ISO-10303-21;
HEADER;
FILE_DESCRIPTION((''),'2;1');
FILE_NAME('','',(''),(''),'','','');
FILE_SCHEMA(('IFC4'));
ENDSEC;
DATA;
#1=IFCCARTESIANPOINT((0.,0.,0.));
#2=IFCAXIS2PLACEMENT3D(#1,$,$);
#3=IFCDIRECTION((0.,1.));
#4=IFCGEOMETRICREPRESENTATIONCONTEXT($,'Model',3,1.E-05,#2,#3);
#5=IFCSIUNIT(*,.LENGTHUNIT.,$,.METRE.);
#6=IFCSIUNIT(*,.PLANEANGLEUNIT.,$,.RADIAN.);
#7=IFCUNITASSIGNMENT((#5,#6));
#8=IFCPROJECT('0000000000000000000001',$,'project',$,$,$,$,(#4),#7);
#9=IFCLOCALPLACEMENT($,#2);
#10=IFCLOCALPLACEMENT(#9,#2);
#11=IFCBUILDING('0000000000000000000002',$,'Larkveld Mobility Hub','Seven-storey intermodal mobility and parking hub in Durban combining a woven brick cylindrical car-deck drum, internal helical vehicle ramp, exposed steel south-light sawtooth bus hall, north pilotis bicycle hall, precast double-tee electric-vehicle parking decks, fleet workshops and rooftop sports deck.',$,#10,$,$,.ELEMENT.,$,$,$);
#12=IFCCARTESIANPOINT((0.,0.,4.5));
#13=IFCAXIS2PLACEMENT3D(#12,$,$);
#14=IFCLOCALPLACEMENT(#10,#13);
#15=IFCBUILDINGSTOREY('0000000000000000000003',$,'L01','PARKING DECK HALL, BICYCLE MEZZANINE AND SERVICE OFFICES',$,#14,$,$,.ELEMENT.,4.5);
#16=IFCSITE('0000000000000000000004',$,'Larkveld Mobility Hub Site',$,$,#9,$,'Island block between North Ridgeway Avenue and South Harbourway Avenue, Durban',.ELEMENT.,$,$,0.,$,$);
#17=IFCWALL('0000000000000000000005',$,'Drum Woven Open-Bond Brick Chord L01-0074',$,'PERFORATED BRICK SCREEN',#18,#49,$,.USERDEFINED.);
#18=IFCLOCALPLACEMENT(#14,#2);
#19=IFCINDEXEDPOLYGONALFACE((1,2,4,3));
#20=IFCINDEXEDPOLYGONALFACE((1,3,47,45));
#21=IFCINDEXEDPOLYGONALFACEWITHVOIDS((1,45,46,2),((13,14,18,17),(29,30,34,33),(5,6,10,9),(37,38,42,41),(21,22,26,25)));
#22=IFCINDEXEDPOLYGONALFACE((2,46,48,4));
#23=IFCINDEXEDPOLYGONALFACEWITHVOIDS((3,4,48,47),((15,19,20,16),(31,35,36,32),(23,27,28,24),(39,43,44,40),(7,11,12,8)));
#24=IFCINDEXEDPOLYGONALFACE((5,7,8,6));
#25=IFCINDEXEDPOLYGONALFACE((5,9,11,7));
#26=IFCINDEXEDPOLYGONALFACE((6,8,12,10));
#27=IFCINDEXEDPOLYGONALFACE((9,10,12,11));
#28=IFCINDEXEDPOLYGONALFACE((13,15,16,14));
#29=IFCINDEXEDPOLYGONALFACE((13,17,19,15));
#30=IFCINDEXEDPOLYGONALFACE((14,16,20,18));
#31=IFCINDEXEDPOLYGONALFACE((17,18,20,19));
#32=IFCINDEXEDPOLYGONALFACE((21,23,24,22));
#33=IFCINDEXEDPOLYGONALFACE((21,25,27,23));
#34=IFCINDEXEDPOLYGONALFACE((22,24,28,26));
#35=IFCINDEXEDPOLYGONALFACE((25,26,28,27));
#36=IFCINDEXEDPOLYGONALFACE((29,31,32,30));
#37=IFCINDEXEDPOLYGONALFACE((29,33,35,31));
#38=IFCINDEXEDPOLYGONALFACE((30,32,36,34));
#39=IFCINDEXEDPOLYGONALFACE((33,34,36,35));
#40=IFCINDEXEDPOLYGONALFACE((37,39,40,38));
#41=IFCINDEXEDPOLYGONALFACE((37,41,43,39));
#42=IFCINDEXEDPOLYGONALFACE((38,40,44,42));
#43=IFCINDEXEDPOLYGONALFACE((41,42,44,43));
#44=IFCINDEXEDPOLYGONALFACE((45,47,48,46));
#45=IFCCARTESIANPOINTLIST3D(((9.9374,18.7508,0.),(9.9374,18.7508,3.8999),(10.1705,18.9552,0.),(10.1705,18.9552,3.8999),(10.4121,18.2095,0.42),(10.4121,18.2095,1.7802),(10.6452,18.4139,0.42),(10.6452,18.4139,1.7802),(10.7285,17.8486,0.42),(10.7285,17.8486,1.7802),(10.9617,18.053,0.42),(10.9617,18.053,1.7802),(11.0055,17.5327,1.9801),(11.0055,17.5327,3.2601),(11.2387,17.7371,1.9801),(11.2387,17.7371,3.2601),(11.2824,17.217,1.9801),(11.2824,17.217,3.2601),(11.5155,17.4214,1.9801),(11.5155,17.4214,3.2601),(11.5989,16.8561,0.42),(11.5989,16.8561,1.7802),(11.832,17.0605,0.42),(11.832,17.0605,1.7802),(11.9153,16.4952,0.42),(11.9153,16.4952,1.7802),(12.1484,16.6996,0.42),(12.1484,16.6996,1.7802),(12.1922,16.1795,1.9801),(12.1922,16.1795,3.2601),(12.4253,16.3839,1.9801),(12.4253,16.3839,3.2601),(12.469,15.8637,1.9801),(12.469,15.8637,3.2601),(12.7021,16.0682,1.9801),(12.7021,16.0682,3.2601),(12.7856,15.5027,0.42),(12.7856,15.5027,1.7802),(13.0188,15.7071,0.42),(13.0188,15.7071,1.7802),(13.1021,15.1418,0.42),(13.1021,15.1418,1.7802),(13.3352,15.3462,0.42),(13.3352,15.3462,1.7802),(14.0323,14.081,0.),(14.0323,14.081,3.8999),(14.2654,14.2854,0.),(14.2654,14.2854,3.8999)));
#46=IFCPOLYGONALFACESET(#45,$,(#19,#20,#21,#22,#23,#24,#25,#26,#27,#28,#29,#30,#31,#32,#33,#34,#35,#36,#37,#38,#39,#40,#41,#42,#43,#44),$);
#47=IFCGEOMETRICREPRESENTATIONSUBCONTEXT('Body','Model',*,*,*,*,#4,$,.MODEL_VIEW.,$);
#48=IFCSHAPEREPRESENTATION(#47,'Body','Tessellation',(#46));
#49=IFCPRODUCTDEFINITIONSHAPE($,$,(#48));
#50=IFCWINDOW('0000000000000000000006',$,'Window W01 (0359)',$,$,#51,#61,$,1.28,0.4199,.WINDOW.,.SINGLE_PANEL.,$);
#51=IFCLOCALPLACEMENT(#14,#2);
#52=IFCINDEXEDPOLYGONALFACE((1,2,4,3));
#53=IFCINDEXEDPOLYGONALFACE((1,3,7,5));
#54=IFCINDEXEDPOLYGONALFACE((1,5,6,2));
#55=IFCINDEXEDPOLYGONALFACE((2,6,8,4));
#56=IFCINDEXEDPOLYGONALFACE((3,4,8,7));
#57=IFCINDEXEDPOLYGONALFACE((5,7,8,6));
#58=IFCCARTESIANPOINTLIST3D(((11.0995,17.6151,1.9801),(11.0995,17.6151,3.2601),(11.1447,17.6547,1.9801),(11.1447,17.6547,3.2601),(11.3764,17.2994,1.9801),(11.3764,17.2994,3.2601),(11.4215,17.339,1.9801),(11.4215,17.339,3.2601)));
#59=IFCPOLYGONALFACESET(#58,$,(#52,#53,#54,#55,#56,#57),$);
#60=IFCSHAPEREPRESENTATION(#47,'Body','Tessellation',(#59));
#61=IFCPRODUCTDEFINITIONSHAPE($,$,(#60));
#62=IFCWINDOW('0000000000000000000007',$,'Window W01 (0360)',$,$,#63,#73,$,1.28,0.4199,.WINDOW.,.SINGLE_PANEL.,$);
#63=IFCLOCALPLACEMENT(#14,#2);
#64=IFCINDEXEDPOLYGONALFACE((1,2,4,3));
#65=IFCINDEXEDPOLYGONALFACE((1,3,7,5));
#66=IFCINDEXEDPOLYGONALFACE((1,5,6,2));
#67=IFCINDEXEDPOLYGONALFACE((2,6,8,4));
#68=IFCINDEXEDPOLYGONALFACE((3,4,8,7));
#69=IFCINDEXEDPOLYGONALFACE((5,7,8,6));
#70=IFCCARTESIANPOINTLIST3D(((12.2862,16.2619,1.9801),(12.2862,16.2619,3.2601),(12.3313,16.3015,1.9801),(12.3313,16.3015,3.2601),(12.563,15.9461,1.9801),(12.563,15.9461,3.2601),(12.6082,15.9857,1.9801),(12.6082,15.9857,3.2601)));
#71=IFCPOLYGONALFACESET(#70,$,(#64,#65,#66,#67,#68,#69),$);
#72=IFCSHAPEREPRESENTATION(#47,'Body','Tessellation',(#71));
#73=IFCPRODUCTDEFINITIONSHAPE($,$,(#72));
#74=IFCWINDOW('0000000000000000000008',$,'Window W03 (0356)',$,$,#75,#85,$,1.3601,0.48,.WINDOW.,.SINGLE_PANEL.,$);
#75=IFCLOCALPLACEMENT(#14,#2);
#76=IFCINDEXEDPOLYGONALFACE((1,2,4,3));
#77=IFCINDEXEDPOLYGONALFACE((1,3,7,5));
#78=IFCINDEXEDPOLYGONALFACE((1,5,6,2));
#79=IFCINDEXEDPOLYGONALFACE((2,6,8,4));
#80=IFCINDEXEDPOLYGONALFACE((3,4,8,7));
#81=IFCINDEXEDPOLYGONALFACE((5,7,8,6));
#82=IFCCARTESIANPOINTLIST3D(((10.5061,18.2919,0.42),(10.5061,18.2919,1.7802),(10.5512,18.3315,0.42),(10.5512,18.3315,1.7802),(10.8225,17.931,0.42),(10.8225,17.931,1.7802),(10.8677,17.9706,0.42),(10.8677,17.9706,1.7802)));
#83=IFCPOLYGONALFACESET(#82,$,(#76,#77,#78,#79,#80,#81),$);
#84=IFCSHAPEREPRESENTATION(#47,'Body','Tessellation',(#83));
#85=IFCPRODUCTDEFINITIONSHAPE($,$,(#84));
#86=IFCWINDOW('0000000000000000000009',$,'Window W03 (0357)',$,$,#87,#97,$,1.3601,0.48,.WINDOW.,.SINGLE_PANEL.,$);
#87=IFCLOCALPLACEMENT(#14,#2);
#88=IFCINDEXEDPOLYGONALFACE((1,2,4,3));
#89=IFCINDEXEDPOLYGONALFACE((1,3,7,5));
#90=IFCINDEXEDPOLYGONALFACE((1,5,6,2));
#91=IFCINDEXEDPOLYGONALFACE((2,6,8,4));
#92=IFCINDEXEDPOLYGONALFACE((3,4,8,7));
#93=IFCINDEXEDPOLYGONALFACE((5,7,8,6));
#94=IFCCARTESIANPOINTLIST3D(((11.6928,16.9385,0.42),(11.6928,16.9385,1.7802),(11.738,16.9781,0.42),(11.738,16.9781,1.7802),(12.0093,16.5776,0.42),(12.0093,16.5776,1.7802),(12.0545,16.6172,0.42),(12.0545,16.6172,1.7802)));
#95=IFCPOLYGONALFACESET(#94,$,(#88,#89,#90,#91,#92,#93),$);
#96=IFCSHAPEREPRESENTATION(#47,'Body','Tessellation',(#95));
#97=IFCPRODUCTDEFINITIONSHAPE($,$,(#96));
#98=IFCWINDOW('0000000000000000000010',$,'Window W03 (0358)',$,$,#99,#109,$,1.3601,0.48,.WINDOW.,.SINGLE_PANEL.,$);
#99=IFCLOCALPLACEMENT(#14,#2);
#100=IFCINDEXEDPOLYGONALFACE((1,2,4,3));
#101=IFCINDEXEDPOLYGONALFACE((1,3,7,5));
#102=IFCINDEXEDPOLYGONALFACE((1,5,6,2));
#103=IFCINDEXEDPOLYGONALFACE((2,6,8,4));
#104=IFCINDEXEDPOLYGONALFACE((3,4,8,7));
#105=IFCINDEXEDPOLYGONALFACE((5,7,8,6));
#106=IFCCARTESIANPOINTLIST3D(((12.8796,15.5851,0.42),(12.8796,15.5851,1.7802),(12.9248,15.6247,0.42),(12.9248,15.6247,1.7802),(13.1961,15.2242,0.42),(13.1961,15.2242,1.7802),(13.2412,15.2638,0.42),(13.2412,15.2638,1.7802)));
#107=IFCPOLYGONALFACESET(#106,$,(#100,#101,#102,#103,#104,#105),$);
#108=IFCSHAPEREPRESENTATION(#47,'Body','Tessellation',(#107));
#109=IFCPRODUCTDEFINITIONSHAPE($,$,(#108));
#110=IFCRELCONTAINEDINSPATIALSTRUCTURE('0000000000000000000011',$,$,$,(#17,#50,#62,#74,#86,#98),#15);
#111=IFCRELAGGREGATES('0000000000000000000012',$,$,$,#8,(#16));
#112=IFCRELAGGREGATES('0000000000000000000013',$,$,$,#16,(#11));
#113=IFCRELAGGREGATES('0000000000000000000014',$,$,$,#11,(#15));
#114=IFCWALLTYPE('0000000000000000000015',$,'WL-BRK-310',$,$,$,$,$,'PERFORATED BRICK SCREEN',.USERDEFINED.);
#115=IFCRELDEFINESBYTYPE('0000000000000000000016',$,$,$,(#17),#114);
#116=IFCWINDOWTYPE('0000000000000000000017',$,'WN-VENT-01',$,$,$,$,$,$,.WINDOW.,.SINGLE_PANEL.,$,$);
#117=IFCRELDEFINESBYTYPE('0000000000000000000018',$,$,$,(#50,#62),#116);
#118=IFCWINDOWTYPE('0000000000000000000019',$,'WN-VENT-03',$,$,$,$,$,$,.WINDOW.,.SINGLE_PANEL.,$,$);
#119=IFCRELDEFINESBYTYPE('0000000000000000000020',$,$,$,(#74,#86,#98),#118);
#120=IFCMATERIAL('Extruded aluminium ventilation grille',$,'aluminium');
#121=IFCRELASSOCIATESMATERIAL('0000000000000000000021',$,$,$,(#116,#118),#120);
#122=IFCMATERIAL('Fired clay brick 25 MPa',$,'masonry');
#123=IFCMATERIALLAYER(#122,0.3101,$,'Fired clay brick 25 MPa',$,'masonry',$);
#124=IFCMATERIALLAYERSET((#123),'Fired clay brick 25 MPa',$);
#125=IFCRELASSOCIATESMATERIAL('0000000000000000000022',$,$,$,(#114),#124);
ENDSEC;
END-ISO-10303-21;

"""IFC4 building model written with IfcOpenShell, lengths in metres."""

from ifc_helpers import new_model, si_unit, direction, frame, frame_2d, origin, place, context, subcontext, project, spatial, rectangle, extrude, material, layer, layer_set, type_object, element, fill, save


model = new_model("IFC4")

# Units and contexts
model_context = context("Model", 3, precision=1e-05, world=origin(), true_north=direction((0.0, 1.0)))
body_context = subcontext(model_context, "Body", "Model", "MODEL_VIEW")
ifc_project = project(units=[si_unit("LENGTHUNIT", "METRE"), si_unit("PLANEANGLEUNIT", "RADIAN")], contexts=[model_context])

# Site, building, storey
site_placement = place(None, origin())
site = spatial("IfcSite", under=ifc_project, at=site_placement, Name="Larkveld Mobility Hub Site", LongName="Island block between North Ridgeway Avenue and South Harbourway Avenue, Durban", CompositionType="ELEMENT", RefElevation=0.0)
building_placement = place(site_placement, origin())
building = spatial("IfcBuilding", under=site, at=building_placement, Name="Larkveld Mobility Hub", Description="Seven-storey intermodal mobility and parking hub in Durban combining a woven brick cylindrical car-deck drum, internal helical vehicle ramp, exposed steel south-light sawtooth bus hall, north pilotis bicycle hall, precast double-tee electric-vehicle parking decks, fleet workshops and rooftop sports deck.", CompositionType="ELEMENT")
storey_placement = place(building_placement, frame((0.0, 0.0, 4.5)))
storey = spatial("IfcBuildingStorey", under=building, at=storey_placement, Name="L01", Description="PARKING DECK HALL, BICYCLE MEZZANINE AND SERVICE OFFICES", CompositionType="ELEMENT", Elevation=4.5)

# Wall, openings, windows
ifc_material_1 = material(Name="Fired clay brick 25 MPa", Category="masonry")
ifc_material_2 = material(Name="Extruded aluminium ventilation grille", Category="aluminium")
window_type_1 = type_object("IfcWindowType", Name="WN-VENT-01", PartitioningType="SINGLE_PANEL", PredefinedType="WINDOW", material=ifc_material_2)
window_type_2 = type_object("IfcWindowType", Name="WN-VENT-03", PartitioningType="SINGLE_PANEL", PredefinedType="WINDOW", material=ifc_material_2)
ifc_layer_1 = layer(ifc_material_1, 0.3101, Name="Fired clay brick 25 MPa", Category="masonry")
ifc_layer_set_1 = layer_set([ifc_layer_1], Name="Fired clay brick 25 MPa")
wall_type_1 = type_object("IfcWallType", Name="WL-BRK-310", ElementType="PERFORATED BRICK SCREEN", PredefinedType="USERDEFINED", material=ifc_layer_set_1)
wall_1_placement = place(storey_placement, frame((10.054, 18.853, 0.0), z_axis=(0.0, 0.0, 1.0), x_axis=(0.659306, -0.751875, 0.0)))
wall_1 = element("IfcWall", 1, at=wall_1_placement, inside=storey, type_object=wall_type_1, Name="Drum Woven Open-Bond Brick Chord L01-0074", ObjectType="PERFORATED BRICK SCREEN", PredefinedType="USERDEFINED", context=body_context, shape_type="SweptSolid", body=[
    extrude(rectangle(XDim=6.2109, YDim=0.3101, at=frame_2d((3.1055, 0.0))), origin(), (0.0, 0.0, 1.0), 3.8999),
])
opening_1_placement = place(wall_1_placement, frame((0.72, 0.0, 0.4199)))
opening_1 = element("IfcOpeningElement", 2, at=opening_1_placement, cuts=wall_1, PredefinedType="OPENING", context=body_context, shape_type="SweptSolid", body=[
    extrude(rectangle(XDim=0.48, YDim=1.3601, at=frame_2d((0.24, 0.6802))), frame((0.0, 0.165, 0.0), z_axis=(0.0, -1.0, 0.0), x_axis=(1.0, 0.0, 0.0)), (0.0, 0.0, 1.0), 0.3301),
])
opening_2_placement = place(wall_1_placement, frame((2.52, 0.0, 0.4199)))
opening_2 = element("IfcOpeningElement", 3, at=opening_2_placement, cuts=wall_1, PredefinedType="OPENING", context=body_context, shape_type="SweptSolid", body=[
    extrude(rectangle(XDim=0.48, YDim=1.3601, at=frame_2d((0.24, 0.6802))), frame((0.0, 0.165, 0.0), z_axis=(0.0, -1.0, 0.0), x_axis=(1.0, 0.0, 0.0)), (0.0, 0.0, 1.0), 0.3301),
])
opening_3_placement = place(wall_1_placement, frame((4.3201, 0.0, 0.4199)))
opening_3 = element("IfcOpeningElement", 4, at=opening_3_placement, cuts=wall_1, PredefinedType="OPENING", context=body_context, shape_type="SweptSolid", body=[
    extrude(rectangle(XDim=0.48, YDim=1.3601, at=frame_2d((0.24, 0.6802))), frame((0.0, 0.165, 0.0), z_axis=(0.0, -1.0, 0.0), x_axis=(1.0, 0.0, 0.0)), (0.0, 0.0, 1.0), 0.3301),
])
opening_4_placement = place(wall_1_placement, frame((1.6201, 0.0, 1.98)))
opening_4 = element("IfcOpeningElement", 5, at=opening_4_placement, cuts=wall_1, PredefinedType="OPENING", context=body_context, shape_type="SweptSolid", body=[
    extrude(rectangle(XDim=0.4199, YDim=1.28, at=frame_2d((0.21, 0.6401))), frame((0.0, 0.165, 0.0), z_axis=(0.0, -1.0, 0.0), x_axis=(1.0, 0.0, 0.0)), (0.0, 0.0, 1.0), 0.3301),
])
opening_5_placement = place(wall_1_placement, frame((3.4199, 0.0, 1.98)))
opening_5 = element("IfcOpeningElement", 6, at=opening_5_placement, cuts=wall_1, PredefinedType="OPENING", context=body_context, shape_type="SweptSolid", body=[
    extrude(rectangle(XDim=0.4199, YDim=1.28, at=frame_2d((0.21, 0.6401))), frame((0.0, 0.165, 0.0), z_axis=(0.0, -1.0, 0.0), x_axis=(1.0, 0.0, 0.0)), (0.0, 0.0, 1.0), 0.3301),
])
window_1_placement = place(opening_4_placement, origin())
window_1 = element("IfcWindow", 7, at=window_1_placement, inside=storey, type_object=window_type_1, Name="Window W01 (0359)", OverallHeight=1.28, OverallWidth=0.4199, PartitioningType="SINGLE_PANEL", PredefinedType="WINDOW", context=body_context, shape_type="SweptSolid", body=[
    extrude(rectangle(XDim=0.4199, YDim=1.28, at=frame_2d((0.21, 0.6401))), frame((0.0, 0.03, 0.0), z_axis=(0.0, -1.0, 0.0), x_axis=(1.0, 0.0, 0.0)), (0.0, 0.0, 1.0), 0.0601),
])
fill(opening_4, window_1)
window_2_placement = place(opening_5_placement, origin())
window_2 = element("IfcWindow", 8, at=window_2_placement, inside=storey, type_object=window_type_1, Name="Window W01 (0360)", OverallHeight=1.28, OverallWidth=0.4199, PartitioningType="SINGLE_PANEL", PredefinedType="WINDOW", context=body_context, shape_type="SweptSolid", body=[
    extrude(rectangle(XDim=0.4199, YDim=1.28, at=frame_2d((0.21, 0.6401))), frame((0.0, 0.03, 0.0), z_axis=(0.0, -1.0, 0.0), x_axis=(1.0, 0.0, 0.0)), (0.0, 0.0, 1.0), 0.0601),
])
fill(opening_5, window_2)
window_3_placement = place(opening_1_placement, origin())
window_3 = element("IfcWindow", 9, at=window_3_placement, inside=storey, type_object=window_type_2, Name="Window W03 (0356)", OverallHeight=1.3601, OverallWidth=0.48, PartitioningType="SINGLE_PANEL", PredefinedType="WINDOW", context=body_context, shape_type="SweptSolid", body=[
    extrude(rectangle(XDim=0.48, YDim=1.3601, at=frame_2d((0.24, 0.6802))), frame((0.0, 0.03, 0.0), z_axis=(0.0, -1.0, 0.0), x_axis=(1.0, 0.0, 0.0)), (0.0, 0.0, 1.0), 0.0601),
])
fill(opening_1, window_3)
window_4_placement = place(opening_2_placement, origin())
window_4 = element("IfcWindow", 10, at=window_4_placement, inside=storey, type_object=window_type_2, Name="Window W03 (0357)", OverallHeight=1.3601, OverallWidth=0.48, PartitioningType="SINGLE_PANEL", PredefinedType="WINDOW", context=body_context, shape_type="SweptSolid", body=[
    extrude(rectangle(XDim=0.48, YDim=1.3601, at=frame_2d((0.24, 0.6802))), frame((0.0, 0.03, 0.0), z_axis=(0.0, -1.0, 0.0), x_axis=(1.0, 0.0, 0.0)), (0.0, 0.0, 1.0), 0.0601),
])
fill(opening_2, window_4)
window_5_placement = place(opening_3_placement, origin())
window_5 = element("IfcWindow", 11, at=window_5_placement, inside=storey, type_object=window_type_2, Name="Window W03 (0358)", OverallHeight=1.3601, OverallWidth=0.48, PartitioningType="SINGLE_PANEL", PredefinedType="WINDOW", context=body_context, shape_type="SweptSolid", body=[
    extrude(rectangle(XDim=0.48, YDim=1.3601, at=frame_2d((0.24, 0.6802))), frame((0.0, 0.03, 0.0), z_axis=(0.0, -1.0, 0.0), x_axis=(1.0, 0.0, 0.0)), (0.0, 0.0, 1.0), 0.0601),
])
fill(opening_3, window_5)

save(model, "model.ifc")
